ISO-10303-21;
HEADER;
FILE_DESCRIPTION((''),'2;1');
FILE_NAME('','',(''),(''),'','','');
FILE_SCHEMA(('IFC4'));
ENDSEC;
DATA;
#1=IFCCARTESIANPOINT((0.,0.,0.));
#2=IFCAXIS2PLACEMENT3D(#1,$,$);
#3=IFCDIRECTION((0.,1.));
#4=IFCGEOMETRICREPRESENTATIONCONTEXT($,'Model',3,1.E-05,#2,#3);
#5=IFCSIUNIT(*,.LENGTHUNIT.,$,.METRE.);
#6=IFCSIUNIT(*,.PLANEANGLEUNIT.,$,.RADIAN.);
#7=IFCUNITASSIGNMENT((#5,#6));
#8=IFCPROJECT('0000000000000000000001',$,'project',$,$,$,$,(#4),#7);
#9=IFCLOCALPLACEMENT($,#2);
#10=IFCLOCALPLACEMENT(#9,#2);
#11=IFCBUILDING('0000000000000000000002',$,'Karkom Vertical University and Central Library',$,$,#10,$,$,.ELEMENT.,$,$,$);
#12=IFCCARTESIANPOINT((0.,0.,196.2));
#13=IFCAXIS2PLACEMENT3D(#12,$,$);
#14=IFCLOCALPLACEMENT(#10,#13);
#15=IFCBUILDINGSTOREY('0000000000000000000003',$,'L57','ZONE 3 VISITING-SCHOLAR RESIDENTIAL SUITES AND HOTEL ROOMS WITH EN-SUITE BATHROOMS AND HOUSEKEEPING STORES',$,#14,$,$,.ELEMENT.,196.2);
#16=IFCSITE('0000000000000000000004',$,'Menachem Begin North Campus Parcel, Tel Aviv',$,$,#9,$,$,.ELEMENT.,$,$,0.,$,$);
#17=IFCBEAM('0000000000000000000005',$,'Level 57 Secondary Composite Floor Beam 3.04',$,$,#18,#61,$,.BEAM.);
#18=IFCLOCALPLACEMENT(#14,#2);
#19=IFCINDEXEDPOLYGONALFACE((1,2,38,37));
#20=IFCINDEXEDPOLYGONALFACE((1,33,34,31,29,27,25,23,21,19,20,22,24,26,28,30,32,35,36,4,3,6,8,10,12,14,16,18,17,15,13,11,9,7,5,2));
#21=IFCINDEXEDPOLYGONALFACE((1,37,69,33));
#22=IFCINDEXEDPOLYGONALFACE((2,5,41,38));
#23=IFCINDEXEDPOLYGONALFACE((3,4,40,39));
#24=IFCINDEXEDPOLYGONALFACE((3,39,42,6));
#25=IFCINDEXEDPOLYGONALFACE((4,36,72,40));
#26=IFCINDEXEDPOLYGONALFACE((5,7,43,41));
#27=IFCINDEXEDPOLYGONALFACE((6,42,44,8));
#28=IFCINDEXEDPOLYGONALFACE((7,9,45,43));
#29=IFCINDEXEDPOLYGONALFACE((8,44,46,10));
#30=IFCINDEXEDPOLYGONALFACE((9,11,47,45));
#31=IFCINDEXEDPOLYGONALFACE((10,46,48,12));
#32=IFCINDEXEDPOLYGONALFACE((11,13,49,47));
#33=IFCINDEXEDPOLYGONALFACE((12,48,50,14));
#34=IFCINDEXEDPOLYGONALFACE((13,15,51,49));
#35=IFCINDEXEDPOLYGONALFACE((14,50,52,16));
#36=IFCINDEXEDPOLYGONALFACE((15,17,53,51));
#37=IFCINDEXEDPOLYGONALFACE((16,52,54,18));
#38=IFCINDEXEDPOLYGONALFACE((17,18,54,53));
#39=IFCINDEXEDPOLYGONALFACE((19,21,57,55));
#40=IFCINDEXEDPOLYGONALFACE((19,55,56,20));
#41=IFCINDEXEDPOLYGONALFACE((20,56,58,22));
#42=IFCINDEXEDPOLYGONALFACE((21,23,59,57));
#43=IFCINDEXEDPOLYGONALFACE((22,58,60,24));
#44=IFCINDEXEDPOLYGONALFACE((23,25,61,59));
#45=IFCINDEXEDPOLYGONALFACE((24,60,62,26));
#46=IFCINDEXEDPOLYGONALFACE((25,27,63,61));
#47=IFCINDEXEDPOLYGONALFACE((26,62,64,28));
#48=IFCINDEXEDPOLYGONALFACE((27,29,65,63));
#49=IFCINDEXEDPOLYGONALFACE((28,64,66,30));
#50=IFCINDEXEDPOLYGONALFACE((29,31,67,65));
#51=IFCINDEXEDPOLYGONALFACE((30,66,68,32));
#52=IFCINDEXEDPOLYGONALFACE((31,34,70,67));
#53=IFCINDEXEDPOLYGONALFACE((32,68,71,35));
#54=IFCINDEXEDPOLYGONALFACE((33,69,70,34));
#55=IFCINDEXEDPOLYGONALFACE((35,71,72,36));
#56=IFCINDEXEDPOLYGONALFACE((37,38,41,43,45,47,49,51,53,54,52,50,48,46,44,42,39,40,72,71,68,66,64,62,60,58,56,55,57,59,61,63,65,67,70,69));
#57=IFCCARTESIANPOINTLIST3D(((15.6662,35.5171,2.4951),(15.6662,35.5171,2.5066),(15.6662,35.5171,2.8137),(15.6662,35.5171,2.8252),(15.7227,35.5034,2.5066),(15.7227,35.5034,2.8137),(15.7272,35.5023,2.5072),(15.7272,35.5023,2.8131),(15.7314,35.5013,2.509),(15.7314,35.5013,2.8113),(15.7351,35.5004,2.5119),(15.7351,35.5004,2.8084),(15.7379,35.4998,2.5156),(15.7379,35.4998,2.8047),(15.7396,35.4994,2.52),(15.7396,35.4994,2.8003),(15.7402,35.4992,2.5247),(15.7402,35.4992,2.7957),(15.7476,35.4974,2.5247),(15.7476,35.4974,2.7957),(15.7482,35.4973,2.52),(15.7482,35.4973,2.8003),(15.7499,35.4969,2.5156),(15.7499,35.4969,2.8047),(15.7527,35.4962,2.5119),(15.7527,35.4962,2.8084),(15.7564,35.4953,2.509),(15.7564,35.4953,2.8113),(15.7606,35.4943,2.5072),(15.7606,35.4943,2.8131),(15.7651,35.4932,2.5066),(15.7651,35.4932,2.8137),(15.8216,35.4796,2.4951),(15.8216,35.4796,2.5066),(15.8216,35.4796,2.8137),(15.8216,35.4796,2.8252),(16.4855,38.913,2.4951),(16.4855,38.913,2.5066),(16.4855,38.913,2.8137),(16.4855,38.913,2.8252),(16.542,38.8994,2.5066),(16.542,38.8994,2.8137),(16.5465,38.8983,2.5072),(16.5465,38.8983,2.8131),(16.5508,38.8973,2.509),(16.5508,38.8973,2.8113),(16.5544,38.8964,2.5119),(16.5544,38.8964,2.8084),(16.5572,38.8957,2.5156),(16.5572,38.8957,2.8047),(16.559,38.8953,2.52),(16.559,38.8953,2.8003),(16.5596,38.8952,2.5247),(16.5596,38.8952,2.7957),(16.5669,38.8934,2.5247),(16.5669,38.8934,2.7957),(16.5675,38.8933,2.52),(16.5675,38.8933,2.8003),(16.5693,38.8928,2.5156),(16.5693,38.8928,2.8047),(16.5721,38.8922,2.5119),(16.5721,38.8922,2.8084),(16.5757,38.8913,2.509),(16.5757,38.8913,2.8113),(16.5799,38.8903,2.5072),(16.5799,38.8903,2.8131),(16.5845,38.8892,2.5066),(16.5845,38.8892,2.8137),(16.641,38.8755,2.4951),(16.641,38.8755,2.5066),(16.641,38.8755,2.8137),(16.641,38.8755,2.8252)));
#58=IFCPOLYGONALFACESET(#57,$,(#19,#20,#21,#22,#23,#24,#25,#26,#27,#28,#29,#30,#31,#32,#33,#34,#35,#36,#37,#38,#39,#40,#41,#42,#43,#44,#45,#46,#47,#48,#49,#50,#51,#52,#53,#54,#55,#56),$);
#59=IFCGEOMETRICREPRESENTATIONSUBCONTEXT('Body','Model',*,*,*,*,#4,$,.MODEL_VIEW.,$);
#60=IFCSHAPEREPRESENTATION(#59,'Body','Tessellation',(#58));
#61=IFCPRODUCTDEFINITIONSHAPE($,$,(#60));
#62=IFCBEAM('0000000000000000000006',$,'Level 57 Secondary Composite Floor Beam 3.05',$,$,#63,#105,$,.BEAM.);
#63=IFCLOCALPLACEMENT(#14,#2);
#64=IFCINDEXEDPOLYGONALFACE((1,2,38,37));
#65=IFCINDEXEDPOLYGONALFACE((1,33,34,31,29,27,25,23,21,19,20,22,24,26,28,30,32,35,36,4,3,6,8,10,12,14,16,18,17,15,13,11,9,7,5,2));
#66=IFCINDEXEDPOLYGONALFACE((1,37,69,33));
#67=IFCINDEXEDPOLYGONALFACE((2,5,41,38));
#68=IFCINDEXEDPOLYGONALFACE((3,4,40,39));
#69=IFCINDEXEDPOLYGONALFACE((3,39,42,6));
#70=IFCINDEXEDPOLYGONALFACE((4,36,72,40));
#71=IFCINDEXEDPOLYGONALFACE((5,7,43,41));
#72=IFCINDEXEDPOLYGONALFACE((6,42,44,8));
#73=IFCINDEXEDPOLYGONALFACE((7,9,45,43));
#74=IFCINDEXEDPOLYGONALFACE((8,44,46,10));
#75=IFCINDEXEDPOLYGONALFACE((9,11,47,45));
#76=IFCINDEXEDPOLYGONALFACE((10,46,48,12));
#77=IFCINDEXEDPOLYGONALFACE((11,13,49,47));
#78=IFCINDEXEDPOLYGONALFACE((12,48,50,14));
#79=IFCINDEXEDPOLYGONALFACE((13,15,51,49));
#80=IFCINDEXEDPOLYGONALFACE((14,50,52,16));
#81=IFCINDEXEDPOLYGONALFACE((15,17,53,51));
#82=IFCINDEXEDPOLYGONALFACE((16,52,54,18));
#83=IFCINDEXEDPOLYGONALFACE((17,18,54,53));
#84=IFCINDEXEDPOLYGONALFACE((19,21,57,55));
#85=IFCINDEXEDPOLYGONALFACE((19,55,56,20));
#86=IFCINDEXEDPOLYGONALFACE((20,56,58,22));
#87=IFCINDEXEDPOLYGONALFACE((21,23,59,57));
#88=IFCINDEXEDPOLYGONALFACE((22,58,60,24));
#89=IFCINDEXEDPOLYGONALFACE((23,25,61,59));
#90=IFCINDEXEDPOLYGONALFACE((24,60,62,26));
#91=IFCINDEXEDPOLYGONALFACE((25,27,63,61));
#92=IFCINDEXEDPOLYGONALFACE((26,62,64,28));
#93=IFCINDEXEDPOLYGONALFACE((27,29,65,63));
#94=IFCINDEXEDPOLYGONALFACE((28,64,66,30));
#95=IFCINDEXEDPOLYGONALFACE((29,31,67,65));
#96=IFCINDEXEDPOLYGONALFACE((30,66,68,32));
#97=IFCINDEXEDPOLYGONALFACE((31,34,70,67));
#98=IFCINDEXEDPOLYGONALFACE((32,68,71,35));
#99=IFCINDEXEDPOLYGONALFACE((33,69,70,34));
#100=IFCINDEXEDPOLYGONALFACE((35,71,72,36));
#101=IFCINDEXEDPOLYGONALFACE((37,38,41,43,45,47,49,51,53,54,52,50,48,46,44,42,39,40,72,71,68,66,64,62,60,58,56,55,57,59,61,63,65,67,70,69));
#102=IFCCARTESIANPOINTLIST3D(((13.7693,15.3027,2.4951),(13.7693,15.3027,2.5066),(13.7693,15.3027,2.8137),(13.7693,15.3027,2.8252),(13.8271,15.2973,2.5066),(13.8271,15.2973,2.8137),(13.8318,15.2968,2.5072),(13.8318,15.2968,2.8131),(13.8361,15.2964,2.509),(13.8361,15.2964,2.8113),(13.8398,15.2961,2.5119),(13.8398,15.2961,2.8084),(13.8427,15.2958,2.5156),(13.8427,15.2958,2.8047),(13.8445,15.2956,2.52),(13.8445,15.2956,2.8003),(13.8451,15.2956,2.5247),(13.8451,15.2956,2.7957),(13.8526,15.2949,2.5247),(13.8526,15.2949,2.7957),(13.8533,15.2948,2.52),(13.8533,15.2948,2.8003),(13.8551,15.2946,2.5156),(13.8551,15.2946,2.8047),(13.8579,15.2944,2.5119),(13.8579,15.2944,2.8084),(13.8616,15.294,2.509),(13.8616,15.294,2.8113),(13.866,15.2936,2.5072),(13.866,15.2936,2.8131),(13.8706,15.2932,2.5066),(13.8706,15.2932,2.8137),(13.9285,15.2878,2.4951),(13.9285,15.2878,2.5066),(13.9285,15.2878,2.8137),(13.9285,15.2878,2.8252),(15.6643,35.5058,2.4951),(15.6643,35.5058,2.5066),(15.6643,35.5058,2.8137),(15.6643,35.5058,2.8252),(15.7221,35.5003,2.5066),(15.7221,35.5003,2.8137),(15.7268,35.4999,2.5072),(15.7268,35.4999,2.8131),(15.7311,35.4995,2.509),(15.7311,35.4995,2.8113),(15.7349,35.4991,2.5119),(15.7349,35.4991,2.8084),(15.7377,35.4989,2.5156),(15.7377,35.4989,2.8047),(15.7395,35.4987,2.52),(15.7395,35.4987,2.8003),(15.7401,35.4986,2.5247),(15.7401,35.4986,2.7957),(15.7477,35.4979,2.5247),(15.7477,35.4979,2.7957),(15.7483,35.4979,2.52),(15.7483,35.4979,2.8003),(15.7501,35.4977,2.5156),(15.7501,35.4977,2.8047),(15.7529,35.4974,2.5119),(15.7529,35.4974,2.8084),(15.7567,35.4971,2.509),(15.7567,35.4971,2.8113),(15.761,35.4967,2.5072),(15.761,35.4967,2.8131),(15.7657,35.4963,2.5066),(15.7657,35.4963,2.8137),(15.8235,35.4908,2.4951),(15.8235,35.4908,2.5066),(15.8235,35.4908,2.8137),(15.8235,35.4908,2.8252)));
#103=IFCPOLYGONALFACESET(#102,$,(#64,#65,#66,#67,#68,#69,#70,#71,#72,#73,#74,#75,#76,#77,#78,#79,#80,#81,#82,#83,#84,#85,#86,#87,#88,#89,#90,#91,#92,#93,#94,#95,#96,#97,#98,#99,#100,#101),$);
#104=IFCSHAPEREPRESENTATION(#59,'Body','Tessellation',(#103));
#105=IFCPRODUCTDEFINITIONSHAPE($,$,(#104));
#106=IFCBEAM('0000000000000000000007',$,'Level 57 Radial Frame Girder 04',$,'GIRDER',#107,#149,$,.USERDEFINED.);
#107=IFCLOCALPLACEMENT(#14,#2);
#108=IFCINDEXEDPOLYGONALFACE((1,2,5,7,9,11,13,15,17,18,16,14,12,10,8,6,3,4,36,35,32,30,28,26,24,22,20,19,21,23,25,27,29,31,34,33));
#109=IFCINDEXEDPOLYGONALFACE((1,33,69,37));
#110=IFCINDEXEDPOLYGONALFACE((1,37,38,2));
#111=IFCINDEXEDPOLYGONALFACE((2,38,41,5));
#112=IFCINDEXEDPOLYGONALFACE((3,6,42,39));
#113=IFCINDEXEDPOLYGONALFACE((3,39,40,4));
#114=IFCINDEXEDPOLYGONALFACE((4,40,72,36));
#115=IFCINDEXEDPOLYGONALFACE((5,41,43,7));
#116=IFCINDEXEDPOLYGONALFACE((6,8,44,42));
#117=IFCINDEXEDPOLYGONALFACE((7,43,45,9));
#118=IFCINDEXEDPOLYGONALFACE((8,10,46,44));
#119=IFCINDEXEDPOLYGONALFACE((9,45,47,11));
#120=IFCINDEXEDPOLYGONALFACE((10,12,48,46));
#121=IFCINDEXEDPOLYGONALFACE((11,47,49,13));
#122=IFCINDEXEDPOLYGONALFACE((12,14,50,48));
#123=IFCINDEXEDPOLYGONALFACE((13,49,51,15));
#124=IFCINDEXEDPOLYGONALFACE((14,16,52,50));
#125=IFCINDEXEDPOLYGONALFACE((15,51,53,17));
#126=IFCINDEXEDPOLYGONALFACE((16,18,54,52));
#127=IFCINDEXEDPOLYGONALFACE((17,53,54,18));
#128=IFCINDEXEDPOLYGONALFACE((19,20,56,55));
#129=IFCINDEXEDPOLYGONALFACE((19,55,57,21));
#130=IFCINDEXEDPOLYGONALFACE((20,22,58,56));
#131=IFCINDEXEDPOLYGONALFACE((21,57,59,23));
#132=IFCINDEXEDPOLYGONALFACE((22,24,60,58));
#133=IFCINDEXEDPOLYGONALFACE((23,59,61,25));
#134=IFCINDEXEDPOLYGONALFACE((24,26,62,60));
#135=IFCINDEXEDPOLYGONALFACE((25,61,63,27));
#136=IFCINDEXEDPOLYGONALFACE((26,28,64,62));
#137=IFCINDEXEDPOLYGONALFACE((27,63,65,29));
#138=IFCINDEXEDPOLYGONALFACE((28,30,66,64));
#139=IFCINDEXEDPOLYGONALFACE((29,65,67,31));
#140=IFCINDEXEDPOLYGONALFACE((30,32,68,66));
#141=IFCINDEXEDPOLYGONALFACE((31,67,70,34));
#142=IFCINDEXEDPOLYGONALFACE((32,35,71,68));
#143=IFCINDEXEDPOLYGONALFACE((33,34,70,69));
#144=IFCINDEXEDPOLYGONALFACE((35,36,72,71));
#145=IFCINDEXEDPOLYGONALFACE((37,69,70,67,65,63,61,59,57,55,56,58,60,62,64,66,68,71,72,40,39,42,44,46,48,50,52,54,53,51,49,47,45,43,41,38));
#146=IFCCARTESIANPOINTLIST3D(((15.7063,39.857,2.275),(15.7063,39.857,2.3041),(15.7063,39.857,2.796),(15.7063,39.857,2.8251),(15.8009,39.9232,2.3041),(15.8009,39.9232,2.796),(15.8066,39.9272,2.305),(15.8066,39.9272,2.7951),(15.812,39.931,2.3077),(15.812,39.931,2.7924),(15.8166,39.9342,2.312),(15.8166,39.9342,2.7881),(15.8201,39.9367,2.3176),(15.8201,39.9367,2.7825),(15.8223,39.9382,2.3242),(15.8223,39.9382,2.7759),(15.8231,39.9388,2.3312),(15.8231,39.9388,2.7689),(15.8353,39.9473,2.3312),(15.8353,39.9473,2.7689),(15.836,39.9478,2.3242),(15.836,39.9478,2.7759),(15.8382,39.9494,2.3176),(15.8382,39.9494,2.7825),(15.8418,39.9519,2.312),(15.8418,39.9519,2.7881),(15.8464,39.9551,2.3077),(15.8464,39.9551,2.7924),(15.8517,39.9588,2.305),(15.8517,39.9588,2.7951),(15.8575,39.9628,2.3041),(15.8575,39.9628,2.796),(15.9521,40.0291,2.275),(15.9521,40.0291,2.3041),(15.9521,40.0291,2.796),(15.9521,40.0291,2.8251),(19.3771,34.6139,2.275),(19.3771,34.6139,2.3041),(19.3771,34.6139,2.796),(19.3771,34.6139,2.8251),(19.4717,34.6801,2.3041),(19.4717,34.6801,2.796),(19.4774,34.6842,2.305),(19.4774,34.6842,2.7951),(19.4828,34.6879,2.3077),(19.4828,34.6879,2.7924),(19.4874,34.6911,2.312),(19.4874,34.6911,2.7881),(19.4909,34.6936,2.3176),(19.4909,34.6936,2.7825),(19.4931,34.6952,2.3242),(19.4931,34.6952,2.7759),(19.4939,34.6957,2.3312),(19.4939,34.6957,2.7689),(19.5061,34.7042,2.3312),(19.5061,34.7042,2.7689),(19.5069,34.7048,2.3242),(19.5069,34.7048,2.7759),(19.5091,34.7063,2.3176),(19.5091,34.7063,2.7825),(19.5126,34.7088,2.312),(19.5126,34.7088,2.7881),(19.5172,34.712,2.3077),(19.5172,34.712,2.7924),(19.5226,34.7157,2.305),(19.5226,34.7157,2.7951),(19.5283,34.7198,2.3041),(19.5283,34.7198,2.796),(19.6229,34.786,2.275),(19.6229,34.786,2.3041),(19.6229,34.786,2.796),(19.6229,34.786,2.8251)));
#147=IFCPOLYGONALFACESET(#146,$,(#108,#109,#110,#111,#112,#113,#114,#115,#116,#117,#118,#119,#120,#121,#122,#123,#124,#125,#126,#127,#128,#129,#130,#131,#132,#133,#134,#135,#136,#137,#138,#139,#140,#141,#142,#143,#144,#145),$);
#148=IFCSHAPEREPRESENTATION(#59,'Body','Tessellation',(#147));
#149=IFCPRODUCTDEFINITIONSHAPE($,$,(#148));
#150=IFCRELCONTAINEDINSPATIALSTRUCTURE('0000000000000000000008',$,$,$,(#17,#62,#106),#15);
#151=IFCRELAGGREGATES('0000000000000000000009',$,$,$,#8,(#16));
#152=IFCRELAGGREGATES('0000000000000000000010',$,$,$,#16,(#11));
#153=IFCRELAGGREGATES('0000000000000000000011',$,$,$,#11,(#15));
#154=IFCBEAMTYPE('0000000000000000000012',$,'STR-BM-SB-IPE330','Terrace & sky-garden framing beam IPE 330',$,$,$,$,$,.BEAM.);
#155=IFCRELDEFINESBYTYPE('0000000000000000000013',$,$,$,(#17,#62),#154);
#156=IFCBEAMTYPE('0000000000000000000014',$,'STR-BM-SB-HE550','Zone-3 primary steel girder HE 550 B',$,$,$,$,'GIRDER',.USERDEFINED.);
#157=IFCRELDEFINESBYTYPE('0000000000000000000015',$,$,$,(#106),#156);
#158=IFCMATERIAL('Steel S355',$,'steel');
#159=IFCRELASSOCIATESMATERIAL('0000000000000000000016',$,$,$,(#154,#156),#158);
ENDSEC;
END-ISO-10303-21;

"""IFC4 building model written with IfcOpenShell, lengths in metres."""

from ifc_helpers import new_model, si_unit, direction, frame, origin, origin_with_axes, origin_2d, place, context, subcontext, project, spatial, i_section, extrude, source, transform, mapped, material, material_profile, profile_set, type_object, element, save


model = new_model("IFC4")

# Units and contexts
model_context = context("Model", 3, precision=1e-05, world=origin(), true_north=direction((0.0, 1.0)))
body_context = subcontext(model_context, "Body", "Model", "MODEL_VIEW")
ifc_project = project(units=[si_unit("LENGTHUNIT", "METRE"), si_unit("PLANEANGLEUNIT", "RADIAN")], contexts=[model_context])

# Site, building, storey
site_placement = place(None, origin())
site = spatial("IfcSite", under=ifc_project, at=site_placement, Name="Menachem Begin North Campus Parcel, Tel Aviv", CompositionType="ELEMENT", RefElevation=0.0)
building_placement = place(site_placement, origin())
building = spatial("IfcBuilding", under=site, at=building_placement, Name="Karkom Vertical University and Central Library", CompositionType="ELEMENT")
storey_placement = place(building_placement, frame((0.0, 0.0, 196.2)))
storey = spatial("IfcBuildingStorey", under=building, at=storey_placement, Name="L57", Description="ZONE 3 VISITING-SCHOLAR RESIDENTIAL SUITES AND HOTEL ROOMS WITH EN-SUITE BATHROOMS AND HOUSEKEEPING STORES", CompositionType="ELEMENT", Elevation=196.2)

# Beams
ifc_material_1 = material(Name="Steel S355", Category="steel")
ifc_material_profile_1 = material_profile(ifc_material_1, i_section(OverallWidth=0.1599, OverallDepth=0.3301, WebThickness=0.0076, FlangeThickness=0.0115, FilletRadius=0.0181, at=origin_2d()), Name="IPE 330")
ifc_profile_set_1 = profile_set([ifc_material_profile_1], Name="Steel S355")
beam_type_1 = type_object("IfcBeamType", Name="STR-BM-SB-IPE330", Description="Terrace & sky-garden framing beam IPE 330", PredefinedType="BEAM", material=ifc_profile_set_1)
shared_shape_1 = source(origin_with_axes(), body_context, "Body", "SweptSolid", [
    extrude(i_section(OverallWidth=0.1599, OverallDepth=0.3301, WebThickness=0.0076, FlangeThickness=0.0115, FilletRadius=0.0181, at=origin_2d()), origin(), (0.0, 0.0, 1.0), 3.4934),
])
beam_1_placement = place(storey_placement, frame((16.5632, 38.8943, 2.6602), z_axis=(-0.234536, -0.972107, 0.0), x_axis=(0.972107, -0.234536, 0.0)))
element("IfcBeam", 1, at=beam_1_placement, inside=storey, type_object=beam_type_1, Name="Level 57 Secondary Composite Floor Beam 3.04", PredefinedType="BEAM", context=body_context, shape_type="MappedRepresentation", body=[
    mapped(shared_shape_1, transform((0.0, 0.0, 0.0), scale=1.0)),
])
shared_shape_2 = source(origin_with_axes(), body_context, "Body", "SweptSolid", [
    extrude(i_section(OverallWidth=0.1599, OverallDepth=0.3301, WebThickness=0.0076, FlangeThickness=0.0115, FilletRadius=0.0181, at=origin_2d()), origin(), (0.0, 0.0, 1.0), 20.2917),
])
beam_2_placement = place(storey_placement, frame((15.7439, 35.4983, 2.6602), z_axis=(-0.093388, -0.99563, 0.0), x_axis=(0.99563, -0.093388, 0.0)))
element("IfcBeam", 2, at=beam_2_placement, inside=storey, type_object=beam_type_1, Name="Level 57 Secondary Composite Floor Beam 3.05", PredefinedType="BEAM", context=body_context, shape_type="MappedRepresentation", body=[
    mapped(shared_shape_2, transform((0.0, 0.0, 0.0), scale=1.0)),
])
ifc_material_profile_2 = material_profile(ifc_material_1, i_section(OverallWidth=0.3, OverallDepth=0.55, WebThickness=0.0149, FlangeThickness=0.0291, FilletRadius=0.0271, at=origin_2d()), Name="HE 550 B")
ifc_profile_set_2 = profile_set([ifc_material_profile_2], Name="Steel S355")
beam_type_2 = type_object("IfcBeamType", Name="STR-BM-SB-HE550", Description="Zone-3 primary steel girder HE 550 B", ElementType="GIRDER", PredefinedType="USERDEFINED", material=ifc_profile_set_2)
shared_shape_3 = source(origin_with_axes(), body_context, "Body", "SweptSolid", [
    extrude(i_section(OverallWidth=0.3, OverallDepth=0.55, WebThickness=0.0149, FlangeThickness=0.0291, FilletRadius=0.0271, at=origin_2d()), origin(), (0.0, 0.0, 1.0), 6.4004),
])
beam_3_placement = place(storey_placement, frame((19.5, 34.7, 2.55), z_axis=(-0.573534, 0.819182, 0.0), x_axis=(-0.819182, -0.573534, 0.0)))
element("IfcBeam", 3, at=beam_3_placement, inside=storey, type_object=beam_type_2, Name="Level 57 Radial Frame Girder 04", ObjectType="GIRDER", PredefinedType="USERDEFINED", context=body_context, shape_type="MappedRepresentation", body=[
    mapped(shared_shape_3, transform((0.0, 0.0, 0.0), scale=1.0)),
])

save(model, "model.ifc")
